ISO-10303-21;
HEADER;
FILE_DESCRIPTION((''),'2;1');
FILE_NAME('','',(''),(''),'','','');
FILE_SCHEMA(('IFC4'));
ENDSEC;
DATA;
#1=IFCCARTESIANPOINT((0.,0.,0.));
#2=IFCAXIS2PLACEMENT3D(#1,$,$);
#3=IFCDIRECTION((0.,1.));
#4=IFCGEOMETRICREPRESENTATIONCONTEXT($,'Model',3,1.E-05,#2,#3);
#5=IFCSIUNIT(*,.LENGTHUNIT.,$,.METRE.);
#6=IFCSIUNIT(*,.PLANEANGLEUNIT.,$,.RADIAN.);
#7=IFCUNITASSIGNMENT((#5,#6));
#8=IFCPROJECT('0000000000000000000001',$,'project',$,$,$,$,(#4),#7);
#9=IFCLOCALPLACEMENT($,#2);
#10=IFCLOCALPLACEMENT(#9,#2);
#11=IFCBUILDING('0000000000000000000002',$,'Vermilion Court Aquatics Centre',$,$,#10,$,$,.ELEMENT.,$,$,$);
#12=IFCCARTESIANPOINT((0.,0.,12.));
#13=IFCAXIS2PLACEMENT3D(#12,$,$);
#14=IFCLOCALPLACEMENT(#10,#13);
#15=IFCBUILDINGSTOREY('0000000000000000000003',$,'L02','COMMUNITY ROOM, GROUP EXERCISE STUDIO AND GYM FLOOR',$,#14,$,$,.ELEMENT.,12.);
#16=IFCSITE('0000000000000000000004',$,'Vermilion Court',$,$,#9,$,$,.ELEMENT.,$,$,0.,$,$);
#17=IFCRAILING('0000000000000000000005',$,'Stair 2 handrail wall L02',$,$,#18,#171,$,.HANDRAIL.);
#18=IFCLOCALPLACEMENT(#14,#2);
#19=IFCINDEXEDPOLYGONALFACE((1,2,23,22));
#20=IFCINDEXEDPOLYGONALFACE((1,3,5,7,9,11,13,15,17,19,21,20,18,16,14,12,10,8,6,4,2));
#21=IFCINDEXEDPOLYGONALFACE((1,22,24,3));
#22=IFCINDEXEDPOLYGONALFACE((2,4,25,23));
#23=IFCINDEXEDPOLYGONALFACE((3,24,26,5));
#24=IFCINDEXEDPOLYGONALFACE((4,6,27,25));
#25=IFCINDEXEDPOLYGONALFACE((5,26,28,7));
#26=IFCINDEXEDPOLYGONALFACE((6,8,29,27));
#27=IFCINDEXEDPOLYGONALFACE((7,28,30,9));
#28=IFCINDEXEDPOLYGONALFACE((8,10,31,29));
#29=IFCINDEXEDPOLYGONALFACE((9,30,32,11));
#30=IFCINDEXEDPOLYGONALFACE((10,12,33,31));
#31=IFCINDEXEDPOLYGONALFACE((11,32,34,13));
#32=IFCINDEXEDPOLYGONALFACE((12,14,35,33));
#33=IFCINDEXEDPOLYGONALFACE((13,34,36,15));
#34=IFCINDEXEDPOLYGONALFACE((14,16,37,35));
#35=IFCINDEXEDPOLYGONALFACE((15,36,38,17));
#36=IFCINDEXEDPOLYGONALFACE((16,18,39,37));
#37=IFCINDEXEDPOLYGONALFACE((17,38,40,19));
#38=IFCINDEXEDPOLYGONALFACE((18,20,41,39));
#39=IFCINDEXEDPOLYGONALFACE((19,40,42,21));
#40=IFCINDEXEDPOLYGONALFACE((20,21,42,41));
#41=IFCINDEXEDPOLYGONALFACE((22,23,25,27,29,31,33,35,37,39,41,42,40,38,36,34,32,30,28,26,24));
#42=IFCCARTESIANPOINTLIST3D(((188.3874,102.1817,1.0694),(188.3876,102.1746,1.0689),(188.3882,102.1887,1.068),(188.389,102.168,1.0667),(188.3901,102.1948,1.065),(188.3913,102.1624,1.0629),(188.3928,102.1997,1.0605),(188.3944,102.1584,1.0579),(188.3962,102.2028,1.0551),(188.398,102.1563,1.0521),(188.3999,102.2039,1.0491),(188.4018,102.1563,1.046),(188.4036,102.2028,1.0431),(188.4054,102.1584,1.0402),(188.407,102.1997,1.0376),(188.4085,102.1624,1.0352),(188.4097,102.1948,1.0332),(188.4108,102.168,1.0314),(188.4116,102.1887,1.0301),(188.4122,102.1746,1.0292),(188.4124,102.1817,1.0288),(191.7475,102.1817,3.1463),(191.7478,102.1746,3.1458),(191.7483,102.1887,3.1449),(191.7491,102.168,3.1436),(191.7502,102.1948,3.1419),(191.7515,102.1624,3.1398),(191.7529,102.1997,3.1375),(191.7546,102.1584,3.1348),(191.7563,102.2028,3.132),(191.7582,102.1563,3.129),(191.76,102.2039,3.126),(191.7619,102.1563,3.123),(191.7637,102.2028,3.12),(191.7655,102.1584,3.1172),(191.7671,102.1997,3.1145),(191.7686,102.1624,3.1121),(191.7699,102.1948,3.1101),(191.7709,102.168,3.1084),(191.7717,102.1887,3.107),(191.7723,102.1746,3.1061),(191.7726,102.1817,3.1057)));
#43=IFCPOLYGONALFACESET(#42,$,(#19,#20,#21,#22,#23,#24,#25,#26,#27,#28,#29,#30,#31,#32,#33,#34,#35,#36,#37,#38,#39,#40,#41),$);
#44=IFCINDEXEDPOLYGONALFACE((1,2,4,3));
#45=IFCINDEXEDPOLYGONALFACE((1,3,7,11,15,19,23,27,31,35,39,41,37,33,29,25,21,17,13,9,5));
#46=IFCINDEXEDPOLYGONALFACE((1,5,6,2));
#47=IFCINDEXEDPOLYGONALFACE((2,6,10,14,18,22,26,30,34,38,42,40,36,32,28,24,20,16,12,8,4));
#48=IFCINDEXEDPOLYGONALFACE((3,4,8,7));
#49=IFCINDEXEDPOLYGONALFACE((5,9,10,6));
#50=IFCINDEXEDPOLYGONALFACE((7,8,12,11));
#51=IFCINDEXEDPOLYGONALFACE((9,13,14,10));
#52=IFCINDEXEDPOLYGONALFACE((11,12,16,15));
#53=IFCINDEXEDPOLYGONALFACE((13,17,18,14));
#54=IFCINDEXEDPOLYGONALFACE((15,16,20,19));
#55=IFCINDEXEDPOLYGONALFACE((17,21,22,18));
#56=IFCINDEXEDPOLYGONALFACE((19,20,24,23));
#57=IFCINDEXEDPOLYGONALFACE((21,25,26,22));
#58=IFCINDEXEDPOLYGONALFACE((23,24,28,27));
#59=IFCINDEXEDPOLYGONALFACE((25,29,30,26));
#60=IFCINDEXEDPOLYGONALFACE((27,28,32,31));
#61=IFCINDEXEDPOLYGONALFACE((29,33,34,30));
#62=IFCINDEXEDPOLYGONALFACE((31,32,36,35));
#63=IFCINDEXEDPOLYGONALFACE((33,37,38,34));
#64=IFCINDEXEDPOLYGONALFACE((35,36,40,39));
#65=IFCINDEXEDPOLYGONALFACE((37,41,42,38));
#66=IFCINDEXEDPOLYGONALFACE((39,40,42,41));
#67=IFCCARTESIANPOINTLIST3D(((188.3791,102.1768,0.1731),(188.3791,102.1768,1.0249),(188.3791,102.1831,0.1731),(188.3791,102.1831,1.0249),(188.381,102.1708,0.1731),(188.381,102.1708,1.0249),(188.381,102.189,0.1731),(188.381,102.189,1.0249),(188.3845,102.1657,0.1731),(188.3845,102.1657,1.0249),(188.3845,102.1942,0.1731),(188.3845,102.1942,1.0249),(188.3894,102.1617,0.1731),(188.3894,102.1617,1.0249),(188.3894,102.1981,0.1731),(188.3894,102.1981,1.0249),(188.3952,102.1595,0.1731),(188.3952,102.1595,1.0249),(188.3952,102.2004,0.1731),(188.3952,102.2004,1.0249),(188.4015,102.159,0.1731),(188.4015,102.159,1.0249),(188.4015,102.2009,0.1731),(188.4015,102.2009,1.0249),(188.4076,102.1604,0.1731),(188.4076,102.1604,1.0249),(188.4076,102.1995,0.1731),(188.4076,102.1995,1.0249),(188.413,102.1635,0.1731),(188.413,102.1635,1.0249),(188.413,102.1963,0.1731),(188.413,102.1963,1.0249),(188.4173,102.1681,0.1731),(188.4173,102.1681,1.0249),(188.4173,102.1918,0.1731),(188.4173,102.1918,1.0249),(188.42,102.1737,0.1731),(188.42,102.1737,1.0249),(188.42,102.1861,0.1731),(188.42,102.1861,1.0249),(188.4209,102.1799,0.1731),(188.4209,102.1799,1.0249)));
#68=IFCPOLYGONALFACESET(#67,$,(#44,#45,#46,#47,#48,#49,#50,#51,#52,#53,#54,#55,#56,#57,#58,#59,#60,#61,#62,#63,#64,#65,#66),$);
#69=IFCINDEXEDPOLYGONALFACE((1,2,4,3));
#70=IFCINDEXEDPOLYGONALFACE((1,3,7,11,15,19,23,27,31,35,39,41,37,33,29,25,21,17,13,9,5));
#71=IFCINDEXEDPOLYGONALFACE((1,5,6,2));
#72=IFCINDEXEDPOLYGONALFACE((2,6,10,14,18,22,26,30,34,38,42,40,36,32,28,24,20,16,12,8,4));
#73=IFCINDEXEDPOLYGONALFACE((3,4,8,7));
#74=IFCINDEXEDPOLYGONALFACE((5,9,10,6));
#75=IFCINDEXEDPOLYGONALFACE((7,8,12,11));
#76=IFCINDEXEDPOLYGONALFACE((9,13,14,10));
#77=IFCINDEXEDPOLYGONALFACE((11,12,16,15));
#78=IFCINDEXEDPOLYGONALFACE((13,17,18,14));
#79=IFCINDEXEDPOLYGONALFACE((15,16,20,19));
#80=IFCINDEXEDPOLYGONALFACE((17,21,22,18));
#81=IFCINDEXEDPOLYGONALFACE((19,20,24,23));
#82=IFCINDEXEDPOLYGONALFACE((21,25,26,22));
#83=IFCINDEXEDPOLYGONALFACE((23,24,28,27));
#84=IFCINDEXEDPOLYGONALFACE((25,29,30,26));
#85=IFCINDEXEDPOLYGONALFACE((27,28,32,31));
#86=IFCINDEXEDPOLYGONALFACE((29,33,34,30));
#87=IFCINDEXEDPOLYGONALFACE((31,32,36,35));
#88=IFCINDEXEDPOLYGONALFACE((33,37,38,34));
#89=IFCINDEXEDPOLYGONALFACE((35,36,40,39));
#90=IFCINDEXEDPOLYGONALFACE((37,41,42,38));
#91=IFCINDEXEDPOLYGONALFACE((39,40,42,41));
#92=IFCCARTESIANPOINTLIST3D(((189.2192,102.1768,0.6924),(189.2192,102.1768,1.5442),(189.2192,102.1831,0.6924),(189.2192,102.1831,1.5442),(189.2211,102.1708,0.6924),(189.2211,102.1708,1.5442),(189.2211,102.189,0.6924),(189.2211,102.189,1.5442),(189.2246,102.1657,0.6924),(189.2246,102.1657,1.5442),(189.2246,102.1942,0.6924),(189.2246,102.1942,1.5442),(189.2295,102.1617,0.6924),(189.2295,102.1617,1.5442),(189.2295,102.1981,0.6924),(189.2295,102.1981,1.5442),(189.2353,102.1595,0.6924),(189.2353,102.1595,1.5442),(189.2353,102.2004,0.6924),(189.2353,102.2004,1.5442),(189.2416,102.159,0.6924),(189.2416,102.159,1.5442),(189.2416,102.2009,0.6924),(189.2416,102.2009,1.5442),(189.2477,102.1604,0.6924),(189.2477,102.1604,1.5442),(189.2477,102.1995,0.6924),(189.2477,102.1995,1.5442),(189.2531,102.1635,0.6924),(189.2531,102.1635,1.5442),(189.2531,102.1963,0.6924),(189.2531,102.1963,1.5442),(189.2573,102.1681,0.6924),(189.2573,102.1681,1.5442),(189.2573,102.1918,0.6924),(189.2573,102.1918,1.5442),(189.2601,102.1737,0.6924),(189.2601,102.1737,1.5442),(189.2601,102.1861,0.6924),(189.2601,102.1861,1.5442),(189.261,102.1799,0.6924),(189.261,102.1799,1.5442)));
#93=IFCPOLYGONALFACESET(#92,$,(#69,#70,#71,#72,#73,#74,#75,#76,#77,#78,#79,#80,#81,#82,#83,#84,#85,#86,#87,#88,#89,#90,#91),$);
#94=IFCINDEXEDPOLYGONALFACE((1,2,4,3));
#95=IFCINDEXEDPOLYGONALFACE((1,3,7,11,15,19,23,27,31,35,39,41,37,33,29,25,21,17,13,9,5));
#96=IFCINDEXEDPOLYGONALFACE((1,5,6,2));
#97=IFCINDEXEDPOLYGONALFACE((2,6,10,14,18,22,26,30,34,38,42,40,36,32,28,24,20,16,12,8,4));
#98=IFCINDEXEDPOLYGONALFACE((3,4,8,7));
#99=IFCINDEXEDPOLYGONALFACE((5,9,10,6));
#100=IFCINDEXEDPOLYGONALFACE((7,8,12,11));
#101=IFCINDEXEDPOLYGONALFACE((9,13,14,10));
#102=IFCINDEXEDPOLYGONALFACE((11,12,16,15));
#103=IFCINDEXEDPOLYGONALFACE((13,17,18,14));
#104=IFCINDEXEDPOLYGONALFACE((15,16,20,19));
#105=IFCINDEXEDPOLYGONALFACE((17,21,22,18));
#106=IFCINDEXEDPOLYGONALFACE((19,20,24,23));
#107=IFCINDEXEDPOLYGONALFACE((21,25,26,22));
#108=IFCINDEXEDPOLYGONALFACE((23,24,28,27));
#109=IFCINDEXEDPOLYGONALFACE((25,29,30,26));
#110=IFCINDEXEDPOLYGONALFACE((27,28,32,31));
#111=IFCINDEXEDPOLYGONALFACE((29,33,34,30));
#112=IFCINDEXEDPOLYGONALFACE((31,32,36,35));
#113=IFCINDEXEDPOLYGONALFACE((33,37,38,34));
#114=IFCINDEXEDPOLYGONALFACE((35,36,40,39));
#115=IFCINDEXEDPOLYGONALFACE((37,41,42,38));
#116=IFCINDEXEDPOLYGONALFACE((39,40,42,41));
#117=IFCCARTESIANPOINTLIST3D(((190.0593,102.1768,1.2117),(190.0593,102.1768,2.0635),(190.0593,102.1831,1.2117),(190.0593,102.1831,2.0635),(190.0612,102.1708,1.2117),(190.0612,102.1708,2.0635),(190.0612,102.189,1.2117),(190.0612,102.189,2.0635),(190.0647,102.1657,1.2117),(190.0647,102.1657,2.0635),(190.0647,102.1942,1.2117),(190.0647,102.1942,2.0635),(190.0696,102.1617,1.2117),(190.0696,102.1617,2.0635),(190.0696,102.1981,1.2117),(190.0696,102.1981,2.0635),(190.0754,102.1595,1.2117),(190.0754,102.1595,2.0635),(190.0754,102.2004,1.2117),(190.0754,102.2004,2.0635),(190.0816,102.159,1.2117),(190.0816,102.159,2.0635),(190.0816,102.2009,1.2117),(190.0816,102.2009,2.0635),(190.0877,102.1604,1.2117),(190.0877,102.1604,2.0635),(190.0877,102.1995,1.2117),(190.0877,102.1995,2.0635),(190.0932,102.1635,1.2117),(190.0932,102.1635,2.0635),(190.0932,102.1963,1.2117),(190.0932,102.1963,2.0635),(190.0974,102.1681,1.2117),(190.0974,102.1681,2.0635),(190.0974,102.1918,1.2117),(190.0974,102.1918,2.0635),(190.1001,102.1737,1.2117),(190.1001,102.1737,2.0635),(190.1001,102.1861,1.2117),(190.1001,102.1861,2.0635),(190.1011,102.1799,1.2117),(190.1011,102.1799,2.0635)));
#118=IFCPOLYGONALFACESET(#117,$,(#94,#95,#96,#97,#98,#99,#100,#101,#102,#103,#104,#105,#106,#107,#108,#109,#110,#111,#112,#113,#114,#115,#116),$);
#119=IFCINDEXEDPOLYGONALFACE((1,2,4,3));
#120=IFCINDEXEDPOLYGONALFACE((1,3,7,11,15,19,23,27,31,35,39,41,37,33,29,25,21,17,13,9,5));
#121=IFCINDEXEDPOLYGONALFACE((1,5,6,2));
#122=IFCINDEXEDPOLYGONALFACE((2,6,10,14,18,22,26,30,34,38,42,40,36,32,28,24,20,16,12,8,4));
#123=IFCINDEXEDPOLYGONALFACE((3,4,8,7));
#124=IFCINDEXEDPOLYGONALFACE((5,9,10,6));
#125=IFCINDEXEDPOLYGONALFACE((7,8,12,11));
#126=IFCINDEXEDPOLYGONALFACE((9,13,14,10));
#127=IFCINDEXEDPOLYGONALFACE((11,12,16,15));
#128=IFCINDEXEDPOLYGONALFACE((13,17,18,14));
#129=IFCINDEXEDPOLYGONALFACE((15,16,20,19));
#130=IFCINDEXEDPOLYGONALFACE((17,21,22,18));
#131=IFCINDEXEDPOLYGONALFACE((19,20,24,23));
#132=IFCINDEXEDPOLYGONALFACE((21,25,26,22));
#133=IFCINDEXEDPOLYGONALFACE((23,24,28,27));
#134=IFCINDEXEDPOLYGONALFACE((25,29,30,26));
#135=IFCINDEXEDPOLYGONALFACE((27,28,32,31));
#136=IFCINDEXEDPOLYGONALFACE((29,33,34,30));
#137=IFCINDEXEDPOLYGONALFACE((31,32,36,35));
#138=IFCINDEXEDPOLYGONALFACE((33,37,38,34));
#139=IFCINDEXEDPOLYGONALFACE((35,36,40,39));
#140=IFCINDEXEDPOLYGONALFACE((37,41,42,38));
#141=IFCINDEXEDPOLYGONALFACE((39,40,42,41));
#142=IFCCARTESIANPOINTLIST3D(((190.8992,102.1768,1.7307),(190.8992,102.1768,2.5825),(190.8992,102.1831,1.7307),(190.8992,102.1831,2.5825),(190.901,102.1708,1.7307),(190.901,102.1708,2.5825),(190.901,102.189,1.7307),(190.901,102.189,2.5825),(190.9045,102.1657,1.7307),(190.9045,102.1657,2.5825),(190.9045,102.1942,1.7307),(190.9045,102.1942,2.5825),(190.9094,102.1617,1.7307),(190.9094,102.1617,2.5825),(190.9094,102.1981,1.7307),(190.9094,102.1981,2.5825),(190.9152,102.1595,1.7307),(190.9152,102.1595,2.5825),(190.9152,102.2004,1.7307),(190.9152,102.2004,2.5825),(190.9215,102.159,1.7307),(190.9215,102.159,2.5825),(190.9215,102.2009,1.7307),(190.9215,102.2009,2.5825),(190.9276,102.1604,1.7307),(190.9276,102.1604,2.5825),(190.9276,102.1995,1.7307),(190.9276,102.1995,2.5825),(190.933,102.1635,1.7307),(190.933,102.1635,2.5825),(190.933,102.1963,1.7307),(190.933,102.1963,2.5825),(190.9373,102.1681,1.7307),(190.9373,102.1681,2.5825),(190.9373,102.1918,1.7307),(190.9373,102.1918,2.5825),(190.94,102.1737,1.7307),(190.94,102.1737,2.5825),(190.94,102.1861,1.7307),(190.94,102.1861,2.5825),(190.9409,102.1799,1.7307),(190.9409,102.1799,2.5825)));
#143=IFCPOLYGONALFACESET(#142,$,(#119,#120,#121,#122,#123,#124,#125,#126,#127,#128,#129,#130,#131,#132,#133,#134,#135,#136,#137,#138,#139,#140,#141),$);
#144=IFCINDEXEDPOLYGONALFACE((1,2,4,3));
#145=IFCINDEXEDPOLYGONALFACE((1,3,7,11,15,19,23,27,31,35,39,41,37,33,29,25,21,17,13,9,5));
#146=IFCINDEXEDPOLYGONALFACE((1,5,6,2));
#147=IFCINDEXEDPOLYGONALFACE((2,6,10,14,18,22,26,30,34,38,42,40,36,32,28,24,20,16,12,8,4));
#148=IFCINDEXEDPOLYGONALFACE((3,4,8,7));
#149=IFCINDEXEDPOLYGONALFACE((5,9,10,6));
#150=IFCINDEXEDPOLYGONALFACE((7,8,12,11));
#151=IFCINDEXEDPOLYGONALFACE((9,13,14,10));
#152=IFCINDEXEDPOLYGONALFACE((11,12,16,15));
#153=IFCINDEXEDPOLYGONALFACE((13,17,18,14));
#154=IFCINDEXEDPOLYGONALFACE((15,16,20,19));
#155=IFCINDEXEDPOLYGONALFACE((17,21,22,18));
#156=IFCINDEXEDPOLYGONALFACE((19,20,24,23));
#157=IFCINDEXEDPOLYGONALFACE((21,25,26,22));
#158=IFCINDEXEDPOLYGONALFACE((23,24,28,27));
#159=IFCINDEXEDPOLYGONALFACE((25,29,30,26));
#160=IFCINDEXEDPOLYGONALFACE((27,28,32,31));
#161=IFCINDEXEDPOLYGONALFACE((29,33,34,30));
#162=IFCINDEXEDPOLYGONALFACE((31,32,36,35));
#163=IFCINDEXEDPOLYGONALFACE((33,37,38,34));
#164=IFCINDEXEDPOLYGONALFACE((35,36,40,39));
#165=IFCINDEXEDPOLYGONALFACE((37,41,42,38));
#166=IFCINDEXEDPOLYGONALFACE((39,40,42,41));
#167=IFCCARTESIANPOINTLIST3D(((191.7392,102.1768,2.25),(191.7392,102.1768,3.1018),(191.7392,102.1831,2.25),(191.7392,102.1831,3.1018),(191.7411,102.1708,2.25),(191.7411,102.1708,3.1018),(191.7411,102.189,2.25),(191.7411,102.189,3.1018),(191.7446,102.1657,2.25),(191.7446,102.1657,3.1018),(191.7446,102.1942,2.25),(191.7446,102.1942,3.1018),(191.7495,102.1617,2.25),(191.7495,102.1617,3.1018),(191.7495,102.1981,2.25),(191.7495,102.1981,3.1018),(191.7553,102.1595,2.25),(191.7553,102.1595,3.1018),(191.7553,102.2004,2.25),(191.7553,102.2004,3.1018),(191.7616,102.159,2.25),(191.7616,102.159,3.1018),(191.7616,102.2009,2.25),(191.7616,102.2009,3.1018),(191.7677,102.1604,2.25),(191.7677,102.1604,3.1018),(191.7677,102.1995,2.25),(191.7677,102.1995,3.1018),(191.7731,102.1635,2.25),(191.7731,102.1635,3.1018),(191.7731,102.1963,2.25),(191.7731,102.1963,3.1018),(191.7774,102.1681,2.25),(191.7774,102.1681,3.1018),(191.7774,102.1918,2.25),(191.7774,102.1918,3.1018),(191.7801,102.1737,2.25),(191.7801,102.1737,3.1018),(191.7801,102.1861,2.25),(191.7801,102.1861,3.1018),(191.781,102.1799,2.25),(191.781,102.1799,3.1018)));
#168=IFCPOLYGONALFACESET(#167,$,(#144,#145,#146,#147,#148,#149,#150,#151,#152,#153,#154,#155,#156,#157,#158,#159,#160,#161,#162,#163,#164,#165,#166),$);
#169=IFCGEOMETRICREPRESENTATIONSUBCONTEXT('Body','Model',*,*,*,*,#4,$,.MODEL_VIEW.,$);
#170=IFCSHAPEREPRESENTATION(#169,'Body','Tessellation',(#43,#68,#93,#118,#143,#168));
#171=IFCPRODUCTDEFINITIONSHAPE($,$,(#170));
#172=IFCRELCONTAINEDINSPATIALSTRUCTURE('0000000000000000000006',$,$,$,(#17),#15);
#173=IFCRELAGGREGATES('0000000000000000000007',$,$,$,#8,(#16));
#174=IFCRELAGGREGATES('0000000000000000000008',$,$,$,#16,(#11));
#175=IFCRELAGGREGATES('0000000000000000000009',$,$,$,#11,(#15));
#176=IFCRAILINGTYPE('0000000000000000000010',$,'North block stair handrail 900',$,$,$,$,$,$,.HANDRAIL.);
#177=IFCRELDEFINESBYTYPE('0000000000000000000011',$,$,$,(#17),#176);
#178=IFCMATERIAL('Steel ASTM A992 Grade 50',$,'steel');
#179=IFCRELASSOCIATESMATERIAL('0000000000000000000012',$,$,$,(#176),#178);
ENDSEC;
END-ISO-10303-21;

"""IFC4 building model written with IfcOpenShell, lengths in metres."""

from ifc_helpers import new_model, si_unit, direction, frame, origin, origin_2d, place, context, subcontext, project, spatial, circle, extrude, material, type_object, element, save


model = new_model("IFC4")

# Units and contexts
model_context = context("Model", 3, precision=1e-05, world=origin(), true_north=direction((0.0, 1.0)))
body_context = subcontext(model_context, "Body", "Model", "MODEL_VIEW")
ifc_project = project(units=[si_unit("LENGTHUNIT", "METRE"), si_unit("PLANEANGLEUNIT", "RADIAN")], contexts=[model_context])

# Site, building, storey
site_placement = place(None, origin())
site = spatial("IfcSite", under=ifc_project, at=site_placement, Name="Vermilion Court", CompositionType="ELEMENT", RefElevation=0.0)
building_placement = place(site_placement, origin())
building = spatial("IfcBuilding", under=site, at=building_placement, Name="Vermilion Court Aquatics Centre", CompositionType="ELEMENT")
storey_placement = place(building_placement, frame((0.0, 0.0, 12.0)))
storey = spatial("IfcBuildingStorey", under=building, at=storey_placement, Name="L02", Description="COMMUNITY ROOM, GROUP EXERCISE STUDIO AND GYM FLOOR", CompositionType="ELEMENT", Elevation=12.0)

# Railing
ifc_material_1 = material(Name="Steel ASTM A992 Grade 50", Category="steel")
railing_type_1 = type_object("IfcRailingType", Name="North block stair handrail 900", PredefinedType="HANDRAIL", material=ifc_material_1)
for number, where, name in (
    (1, (188.3999, 102.1799, 0.1731), "Stair 2 handrail wall L02"),
):
    element("IfcRailing", number, at=place(storey_placement, frame(where)), inside=storey, type_object=railing_type_1, Name=name, PredefinedType="HANDRAIL", context=body_context, shape_type="SweptSolid", body=[
        extrude(circle(Radius=0.0239, at=origin_2d()), frame((0.0, 0.0, 0.876), z_axis=(0.850623, 0.0, 0.525776), x_axis=(0.0, 1.0, 0.0)), (0.0, 0.0, 1.0), 3.9502),
        extrude(circle(Radius=0.021, at=origin_2d()), origin(), (0.0, 0.0, 1.0), 0.8518),
        extrude(circle(Radius=0.021, at=origin_2d()), frame((0.8401, 0.0, 0.5193)), (0.0, 0.0, 1.0), 0.8518),
        extrude(circle(Radius=0.021, at=origin_2d()), frame((1.6802, 0.0, 1.0386)), (0.0, 0.0, 1.0), 0.8518),
        extrude(circle(Radius=0.021, at=origin_2d()), frame((2.52, 0.0, 1.5576)), (0.0, 0.0, 1.0), 0.8518),
        extrude(circle(Radius=0.021, at=origin_2d()), frame((3.3601, 0.0, 2.0769)), (0.0, 0.0, 1.0), 0.8518),
    ])

save(model, "model.ifc")
